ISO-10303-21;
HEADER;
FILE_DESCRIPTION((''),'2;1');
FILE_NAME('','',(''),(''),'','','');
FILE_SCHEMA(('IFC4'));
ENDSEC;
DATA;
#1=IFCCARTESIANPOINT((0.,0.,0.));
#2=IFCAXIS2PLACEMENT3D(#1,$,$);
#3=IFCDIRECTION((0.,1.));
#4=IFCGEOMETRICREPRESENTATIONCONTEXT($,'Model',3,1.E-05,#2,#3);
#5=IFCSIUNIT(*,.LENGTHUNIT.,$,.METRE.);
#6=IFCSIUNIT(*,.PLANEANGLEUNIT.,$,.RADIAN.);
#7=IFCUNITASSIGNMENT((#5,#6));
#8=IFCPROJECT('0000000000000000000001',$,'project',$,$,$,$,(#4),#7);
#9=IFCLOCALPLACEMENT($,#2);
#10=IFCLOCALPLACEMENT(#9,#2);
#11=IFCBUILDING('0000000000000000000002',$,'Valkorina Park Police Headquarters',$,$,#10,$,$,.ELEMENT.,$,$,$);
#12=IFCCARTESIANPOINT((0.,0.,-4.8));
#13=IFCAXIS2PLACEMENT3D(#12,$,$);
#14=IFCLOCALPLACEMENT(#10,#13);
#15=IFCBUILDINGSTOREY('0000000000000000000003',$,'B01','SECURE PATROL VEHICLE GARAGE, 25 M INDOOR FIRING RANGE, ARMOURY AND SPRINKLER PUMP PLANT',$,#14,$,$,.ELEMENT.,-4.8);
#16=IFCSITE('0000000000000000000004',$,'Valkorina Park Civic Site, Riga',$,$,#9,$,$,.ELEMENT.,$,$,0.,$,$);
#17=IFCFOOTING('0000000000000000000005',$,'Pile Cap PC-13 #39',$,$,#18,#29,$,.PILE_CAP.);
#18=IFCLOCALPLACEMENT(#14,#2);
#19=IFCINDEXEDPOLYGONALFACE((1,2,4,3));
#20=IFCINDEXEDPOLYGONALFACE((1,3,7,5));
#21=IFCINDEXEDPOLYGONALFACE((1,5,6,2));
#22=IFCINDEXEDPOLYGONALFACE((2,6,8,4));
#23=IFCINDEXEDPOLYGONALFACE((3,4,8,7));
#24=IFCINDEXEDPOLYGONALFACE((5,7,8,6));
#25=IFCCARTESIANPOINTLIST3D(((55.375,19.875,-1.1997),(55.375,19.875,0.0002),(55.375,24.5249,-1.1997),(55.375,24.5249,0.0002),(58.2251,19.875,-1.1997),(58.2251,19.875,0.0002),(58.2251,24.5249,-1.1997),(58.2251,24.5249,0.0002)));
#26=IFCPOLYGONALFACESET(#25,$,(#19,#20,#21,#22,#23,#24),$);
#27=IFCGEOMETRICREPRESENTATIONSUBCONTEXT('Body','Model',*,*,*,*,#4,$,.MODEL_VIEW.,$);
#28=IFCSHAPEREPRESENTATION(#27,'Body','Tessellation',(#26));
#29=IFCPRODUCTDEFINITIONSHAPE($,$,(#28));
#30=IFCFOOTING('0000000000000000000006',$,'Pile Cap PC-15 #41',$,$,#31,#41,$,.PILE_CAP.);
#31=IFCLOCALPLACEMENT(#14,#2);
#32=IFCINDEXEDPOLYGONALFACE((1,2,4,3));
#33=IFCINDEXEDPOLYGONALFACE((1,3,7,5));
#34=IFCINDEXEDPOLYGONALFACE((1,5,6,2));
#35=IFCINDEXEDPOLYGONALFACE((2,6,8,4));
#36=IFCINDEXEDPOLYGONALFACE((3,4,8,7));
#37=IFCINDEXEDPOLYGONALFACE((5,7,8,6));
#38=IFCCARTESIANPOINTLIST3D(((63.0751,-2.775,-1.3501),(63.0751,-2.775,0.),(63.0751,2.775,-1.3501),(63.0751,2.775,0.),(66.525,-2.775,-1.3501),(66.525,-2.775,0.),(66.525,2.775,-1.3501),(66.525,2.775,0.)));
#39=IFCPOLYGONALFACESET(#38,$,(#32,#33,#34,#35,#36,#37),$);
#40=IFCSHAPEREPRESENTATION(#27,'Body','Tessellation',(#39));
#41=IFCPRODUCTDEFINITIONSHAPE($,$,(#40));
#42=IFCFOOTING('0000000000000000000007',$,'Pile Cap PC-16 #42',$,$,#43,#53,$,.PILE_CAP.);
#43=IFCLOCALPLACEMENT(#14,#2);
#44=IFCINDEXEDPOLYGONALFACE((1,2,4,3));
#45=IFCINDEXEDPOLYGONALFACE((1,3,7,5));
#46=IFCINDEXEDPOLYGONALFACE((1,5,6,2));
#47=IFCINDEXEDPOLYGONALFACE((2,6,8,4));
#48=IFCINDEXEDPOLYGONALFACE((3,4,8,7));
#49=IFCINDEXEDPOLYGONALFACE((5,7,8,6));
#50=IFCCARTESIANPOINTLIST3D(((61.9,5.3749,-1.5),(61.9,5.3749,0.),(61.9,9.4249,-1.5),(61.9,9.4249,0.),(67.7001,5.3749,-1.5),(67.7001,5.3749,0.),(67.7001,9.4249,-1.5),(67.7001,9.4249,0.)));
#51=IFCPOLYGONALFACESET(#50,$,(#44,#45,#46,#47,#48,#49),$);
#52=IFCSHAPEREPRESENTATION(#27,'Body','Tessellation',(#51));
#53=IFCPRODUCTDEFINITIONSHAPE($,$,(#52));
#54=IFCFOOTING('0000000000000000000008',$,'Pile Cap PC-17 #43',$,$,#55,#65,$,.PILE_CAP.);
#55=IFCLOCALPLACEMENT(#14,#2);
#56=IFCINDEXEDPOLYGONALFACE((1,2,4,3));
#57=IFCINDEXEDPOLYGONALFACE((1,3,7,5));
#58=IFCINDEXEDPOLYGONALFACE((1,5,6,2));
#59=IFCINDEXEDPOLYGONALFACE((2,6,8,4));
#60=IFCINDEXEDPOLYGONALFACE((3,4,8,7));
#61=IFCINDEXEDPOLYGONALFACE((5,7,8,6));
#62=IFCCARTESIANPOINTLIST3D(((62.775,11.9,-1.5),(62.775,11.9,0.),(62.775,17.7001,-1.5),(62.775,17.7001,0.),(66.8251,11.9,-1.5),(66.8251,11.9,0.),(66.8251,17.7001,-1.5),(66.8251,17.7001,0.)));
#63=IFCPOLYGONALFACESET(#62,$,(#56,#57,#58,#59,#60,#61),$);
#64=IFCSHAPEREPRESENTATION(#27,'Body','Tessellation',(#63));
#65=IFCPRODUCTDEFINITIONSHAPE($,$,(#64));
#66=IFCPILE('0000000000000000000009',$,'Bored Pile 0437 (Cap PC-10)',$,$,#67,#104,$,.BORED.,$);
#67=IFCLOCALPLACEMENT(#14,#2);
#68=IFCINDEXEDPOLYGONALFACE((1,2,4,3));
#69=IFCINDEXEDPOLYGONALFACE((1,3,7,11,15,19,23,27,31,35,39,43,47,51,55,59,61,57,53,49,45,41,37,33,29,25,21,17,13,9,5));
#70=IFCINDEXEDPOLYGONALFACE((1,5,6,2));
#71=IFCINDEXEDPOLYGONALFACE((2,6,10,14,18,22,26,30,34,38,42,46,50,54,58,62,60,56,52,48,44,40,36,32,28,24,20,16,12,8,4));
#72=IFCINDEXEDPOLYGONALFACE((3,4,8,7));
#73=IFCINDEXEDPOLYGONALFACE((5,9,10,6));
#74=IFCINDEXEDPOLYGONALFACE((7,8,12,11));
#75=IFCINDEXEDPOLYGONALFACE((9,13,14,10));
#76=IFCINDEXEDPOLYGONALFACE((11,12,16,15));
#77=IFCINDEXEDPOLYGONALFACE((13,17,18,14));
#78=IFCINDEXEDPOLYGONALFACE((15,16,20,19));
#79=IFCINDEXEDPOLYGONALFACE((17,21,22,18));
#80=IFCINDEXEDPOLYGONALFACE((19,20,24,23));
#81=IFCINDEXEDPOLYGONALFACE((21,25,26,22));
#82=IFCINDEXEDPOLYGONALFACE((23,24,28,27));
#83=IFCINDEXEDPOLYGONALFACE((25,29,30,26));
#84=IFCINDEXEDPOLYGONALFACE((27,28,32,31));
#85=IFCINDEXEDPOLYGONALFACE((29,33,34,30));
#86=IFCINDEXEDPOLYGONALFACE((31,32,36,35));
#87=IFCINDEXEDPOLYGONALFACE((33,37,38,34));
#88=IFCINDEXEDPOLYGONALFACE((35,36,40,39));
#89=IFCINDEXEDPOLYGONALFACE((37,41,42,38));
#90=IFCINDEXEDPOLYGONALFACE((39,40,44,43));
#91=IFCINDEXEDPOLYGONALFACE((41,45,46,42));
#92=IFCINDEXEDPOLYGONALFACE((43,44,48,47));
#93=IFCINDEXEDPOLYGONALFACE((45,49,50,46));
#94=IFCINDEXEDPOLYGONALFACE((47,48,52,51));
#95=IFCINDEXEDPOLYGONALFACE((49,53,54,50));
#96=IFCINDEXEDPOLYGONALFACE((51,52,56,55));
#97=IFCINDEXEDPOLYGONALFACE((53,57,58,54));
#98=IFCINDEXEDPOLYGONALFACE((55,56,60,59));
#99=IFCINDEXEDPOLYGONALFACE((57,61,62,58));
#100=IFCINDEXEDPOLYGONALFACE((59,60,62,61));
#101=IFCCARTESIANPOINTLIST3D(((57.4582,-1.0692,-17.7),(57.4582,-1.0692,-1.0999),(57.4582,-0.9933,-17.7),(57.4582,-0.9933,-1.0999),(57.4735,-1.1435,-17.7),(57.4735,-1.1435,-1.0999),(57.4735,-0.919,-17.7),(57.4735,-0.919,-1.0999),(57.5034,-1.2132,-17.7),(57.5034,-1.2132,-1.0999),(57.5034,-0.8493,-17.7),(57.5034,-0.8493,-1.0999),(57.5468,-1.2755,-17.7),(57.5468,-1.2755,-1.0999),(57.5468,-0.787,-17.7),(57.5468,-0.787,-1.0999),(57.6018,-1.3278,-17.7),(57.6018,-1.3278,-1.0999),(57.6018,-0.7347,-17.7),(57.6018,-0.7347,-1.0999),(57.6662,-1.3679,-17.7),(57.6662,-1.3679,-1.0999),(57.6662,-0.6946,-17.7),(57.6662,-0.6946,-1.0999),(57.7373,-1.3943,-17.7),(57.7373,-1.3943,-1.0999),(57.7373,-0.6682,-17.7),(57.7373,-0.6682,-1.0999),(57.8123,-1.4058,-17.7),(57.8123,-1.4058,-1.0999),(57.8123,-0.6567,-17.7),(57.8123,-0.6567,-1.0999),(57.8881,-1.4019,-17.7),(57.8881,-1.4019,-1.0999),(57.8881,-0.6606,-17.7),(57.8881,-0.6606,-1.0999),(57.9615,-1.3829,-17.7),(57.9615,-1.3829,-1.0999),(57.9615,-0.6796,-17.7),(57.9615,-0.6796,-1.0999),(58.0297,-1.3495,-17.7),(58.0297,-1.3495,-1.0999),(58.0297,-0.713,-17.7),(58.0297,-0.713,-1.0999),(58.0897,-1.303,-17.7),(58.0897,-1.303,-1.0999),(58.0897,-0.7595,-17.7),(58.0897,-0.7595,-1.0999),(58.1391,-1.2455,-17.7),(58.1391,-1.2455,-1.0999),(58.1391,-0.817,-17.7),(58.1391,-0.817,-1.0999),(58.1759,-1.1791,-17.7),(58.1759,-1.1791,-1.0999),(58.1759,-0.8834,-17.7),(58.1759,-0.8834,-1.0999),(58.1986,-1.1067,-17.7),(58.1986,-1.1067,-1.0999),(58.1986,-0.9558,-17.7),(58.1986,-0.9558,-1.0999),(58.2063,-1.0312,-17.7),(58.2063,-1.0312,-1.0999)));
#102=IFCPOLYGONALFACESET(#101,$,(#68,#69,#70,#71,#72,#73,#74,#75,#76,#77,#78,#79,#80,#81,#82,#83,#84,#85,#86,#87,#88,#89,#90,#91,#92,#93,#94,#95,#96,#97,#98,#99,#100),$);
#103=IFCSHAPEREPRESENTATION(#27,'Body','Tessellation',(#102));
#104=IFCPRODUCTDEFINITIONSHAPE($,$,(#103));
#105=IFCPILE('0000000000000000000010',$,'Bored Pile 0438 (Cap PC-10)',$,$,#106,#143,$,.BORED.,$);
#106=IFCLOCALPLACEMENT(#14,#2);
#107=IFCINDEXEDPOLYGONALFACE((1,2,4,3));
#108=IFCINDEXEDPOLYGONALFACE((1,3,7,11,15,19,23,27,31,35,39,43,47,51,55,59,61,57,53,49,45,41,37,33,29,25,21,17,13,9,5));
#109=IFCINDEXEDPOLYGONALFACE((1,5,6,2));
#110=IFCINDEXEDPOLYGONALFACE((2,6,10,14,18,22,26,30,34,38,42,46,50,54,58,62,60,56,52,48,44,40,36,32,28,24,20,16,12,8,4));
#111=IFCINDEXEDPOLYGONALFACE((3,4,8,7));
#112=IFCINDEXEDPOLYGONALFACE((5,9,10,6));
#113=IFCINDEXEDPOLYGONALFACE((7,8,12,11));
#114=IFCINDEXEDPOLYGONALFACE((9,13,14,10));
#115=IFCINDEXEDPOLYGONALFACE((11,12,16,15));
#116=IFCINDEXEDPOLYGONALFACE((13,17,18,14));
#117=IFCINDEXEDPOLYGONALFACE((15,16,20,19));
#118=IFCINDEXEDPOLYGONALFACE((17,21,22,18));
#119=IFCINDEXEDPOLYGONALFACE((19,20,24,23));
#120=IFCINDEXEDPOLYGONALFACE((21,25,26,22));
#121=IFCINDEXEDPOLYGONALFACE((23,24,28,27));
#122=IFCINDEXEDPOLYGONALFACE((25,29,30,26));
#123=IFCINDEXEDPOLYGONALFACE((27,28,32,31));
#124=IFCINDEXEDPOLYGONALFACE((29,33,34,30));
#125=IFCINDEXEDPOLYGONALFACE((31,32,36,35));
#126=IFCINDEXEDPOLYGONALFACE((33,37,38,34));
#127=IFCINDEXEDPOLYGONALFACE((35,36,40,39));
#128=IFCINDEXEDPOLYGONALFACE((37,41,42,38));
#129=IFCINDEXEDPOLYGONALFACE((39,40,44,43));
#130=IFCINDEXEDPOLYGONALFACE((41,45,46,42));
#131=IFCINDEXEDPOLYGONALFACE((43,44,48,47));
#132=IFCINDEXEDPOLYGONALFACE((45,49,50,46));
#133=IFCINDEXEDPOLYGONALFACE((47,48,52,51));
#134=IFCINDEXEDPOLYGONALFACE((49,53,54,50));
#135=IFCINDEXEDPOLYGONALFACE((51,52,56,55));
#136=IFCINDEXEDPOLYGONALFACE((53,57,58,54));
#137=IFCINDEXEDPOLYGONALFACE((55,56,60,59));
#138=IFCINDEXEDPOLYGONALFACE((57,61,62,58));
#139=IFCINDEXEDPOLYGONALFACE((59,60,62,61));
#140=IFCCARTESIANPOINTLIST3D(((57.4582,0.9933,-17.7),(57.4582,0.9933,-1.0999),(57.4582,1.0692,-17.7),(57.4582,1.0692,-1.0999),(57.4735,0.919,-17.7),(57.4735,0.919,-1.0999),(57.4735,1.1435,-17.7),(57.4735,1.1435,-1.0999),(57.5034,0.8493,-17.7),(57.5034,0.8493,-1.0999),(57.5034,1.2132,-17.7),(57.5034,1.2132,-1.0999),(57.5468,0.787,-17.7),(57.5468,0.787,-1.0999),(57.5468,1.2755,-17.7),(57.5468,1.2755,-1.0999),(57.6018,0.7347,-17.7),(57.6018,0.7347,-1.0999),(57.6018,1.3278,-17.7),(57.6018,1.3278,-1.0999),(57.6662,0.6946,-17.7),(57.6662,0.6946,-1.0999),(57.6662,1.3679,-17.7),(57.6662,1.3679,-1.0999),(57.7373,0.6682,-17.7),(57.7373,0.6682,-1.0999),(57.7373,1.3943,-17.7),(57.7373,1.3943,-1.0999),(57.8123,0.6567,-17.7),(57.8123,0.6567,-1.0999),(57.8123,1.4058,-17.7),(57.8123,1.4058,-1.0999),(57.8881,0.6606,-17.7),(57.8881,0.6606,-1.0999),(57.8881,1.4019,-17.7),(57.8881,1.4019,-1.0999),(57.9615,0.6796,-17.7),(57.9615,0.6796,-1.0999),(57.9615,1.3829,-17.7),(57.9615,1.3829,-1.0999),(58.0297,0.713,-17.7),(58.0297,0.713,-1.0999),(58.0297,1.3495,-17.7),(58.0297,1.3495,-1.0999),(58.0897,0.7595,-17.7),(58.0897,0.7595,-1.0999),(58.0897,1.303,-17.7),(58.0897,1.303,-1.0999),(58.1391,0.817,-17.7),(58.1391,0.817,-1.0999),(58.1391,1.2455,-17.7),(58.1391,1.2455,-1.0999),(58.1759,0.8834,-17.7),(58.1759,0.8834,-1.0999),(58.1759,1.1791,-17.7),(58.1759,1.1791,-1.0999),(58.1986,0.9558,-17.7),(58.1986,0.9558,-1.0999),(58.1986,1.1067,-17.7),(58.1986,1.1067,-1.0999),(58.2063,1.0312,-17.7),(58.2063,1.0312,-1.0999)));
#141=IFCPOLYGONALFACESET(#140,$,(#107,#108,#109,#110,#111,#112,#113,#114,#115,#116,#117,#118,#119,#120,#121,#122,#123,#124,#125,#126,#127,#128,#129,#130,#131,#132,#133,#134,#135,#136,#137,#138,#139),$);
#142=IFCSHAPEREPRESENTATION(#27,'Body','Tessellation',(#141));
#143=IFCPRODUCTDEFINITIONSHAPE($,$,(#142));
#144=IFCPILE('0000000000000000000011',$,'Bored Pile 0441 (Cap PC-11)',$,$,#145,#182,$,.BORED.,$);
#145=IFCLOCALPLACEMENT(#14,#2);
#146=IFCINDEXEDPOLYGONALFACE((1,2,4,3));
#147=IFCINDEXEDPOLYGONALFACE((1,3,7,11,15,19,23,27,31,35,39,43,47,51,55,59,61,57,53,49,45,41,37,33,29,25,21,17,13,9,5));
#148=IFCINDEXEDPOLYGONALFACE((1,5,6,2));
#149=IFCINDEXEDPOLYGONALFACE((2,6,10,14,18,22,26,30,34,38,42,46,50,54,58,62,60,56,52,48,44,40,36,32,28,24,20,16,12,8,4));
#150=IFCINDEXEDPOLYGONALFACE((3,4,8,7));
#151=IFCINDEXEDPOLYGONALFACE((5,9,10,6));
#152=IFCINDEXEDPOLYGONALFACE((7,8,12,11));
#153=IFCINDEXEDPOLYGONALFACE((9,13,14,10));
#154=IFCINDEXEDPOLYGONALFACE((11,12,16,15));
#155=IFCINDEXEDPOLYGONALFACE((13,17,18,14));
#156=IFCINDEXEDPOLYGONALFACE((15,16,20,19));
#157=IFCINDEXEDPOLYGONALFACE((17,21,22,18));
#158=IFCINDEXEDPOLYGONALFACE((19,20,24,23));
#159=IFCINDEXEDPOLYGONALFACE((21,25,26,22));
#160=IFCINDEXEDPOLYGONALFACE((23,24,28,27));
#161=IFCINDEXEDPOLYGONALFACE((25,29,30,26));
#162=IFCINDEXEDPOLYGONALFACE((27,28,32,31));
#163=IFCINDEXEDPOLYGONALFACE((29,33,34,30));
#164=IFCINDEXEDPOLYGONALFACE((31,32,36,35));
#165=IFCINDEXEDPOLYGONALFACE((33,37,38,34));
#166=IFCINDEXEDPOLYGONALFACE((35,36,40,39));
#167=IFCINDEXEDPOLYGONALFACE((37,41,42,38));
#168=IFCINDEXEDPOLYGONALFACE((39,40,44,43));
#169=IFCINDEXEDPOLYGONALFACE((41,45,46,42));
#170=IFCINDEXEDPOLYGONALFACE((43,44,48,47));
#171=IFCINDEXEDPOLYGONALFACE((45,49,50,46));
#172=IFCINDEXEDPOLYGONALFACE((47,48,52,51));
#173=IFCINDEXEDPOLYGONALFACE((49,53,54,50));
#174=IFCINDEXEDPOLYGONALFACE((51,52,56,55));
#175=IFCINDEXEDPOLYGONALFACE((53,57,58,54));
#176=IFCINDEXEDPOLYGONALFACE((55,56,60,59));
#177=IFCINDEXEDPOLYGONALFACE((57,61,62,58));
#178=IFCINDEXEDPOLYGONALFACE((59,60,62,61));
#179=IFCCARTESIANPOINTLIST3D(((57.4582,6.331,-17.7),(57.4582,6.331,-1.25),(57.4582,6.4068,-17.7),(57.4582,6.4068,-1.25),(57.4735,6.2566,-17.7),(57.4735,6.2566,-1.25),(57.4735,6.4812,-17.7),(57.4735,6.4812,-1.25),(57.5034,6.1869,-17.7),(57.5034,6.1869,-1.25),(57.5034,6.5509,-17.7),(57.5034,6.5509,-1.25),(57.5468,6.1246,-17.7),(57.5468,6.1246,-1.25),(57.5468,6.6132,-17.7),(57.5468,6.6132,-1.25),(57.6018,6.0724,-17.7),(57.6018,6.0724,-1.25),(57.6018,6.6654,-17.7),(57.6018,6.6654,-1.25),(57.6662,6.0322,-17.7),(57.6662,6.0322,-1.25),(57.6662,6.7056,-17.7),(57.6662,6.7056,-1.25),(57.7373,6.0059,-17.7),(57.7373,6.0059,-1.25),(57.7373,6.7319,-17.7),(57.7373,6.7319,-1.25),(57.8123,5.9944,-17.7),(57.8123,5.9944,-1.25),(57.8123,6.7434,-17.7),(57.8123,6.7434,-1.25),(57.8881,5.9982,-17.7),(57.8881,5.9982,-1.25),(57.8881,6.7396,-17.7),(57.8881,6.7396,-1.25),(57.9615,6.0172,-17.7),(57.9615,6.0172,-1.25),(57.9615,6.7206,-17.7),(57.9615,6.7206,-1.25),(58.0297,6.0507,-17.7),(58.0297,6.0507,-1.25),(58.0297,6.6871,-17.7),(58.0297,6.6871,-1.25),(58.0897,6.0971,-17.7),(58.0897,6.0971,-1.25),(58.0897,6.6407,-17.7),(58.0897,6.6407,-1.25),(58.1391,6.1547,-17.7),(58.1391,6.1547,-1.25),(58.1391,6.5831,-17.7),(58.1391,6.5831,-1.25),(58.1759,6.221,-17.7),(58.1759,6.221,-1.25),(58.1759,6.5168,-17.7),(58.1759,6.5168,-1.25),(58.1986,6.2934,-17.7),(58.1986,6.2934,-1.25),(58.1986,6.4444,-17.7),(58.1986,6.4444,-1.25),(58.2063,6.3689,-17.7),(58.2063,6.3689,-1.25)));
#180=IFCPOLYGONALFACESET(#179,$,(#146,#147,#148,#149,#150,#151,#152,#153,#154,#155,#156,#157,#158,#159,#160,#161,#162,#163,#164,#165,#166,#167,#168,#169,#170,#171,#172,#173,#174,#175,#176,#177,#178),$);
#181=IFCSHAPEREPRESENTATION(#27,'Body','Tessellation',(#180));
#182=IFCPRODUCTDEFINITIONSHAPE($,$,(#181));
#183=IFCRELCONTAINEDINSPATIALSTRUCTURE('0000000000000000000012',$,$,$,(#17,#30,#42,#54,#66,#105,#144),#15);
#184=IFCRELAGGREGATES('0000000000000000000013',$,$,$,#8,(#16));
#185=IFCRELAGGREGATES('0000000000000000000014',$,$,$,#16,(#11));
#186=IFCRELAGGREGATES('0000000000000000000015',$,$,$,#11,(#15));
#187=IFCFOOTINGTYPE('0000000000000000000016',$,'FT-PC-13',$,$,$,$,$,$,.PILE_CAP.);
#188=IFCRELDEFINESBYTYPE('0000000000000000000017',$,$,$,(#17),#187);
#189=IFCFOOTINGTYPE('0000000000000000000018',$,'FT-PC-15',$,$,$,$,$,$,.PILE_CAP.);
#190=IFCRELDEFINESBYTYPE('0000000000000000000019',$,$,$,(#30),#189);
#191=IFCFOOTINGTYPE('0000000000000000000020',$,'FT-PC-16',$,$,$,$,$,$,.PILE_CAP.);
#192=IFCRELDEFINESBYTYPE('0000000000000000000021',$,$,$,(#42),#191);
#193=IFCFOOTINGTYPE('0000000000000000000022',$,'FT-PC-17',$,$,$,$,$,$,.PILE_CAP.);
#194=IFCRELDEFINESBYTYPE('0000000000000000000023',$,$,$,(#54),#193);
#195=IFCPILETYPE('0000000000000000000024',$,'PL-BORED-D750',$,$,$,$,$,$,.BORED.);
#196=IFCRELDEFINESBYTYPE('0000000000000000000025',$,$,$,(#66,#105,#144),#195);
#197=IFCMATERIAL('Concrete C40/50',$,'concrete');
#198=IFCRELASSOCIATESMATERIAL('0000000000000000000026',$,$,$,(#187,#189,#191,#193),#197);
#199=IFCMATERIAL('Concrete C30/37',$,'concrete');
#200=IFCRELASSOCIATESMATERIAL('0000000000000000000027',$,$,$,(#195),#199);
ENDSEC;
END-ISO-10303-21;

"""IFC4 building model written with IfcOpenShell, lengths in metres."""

from ifc_helpers import new_model, si_unit, direction, frame, origin, origin_2d, place, context, subcontext, project, spatial, rectangle, circle, extrude, material, material_profile, profile_set, type_object, element, save


model = new_model("IFC4")

# Units and contexts
model_context = context("Model", 3, precision=1e-05, world=origin(), true_north=direction((0.0, 1.0)))
body_context = subcontext(model_context, "Body", "Model", "MODEL_VIEW")
ifc_project = project(units=[si_unit("LENGTHUNIT", "METRE"), si_unit("PLANEANGLEUNIT", "RADIAN")], contexts=[model_context])

# Site, building, storey
site_placement = place(None, origin())
site = spatial("IfcSite", under=ifc_project, at=site_placement, Name="Valkorina Park Civic Site, Riga", CompositionType="ELEMENT", RefElevation=0.0)
building_placement = place(site_placement, origin())
building = spatial("IfcBuilding", under=site, at=building_placement, Name="Valkorina Park Police Headquarters", CompositionType="ELEMENT")
storey_placement = place(building_placement, frame((0.0, 0.0, -4.8)))
storey = spatial("IfcBuildingStorey", under=building, at=storey_placement, Name="B01", Description="SECURE PATROL VEHICLE GARAGE, 25 M INDOOR FIRING RANGE, ARMOURY AND SPRINKLER PUMP PLANT", CompositionType="ELEMENT", Elevation=-4.8)

# Footings
ifc_material_1 = material(Name="Concrete C40/50", Category="concrete")
footing_type_1 = type_object("IfcFootingType", Name="FT-PC-13", PredefinedType="PILE_CAP", material=ifc_material_1)
footing_1_placement = place(storey_placement, frame((56.8, 22.2, -1.1997), z_axis=(0.0, 0.0, 1.0), x_axis=(1.0, 0.0, 0.0)))
element("IfcFooting", 1, at=footing_1_placement, inside=storey, type_object=footing_type_1, Name="Pile Cap PC-13 #39", PredefinedType="PILE_CAP", context=body_context, shape_type="SweptSolid", body=[
    extrude(rectangle(XDim=2.8501, YDim=4.6499, at=origin_2d()), origin(), (0.0, 0.0, 1.0), 1.2),
])
footing_type_2 = type_object("IfcFootingType", Name="FT-PC-15", PredefinedType="PILE_CAP", material=ifc_material_1)
footing_2_placement = place(storey_placement, frame((64.8, 0.0, -1.3501), z_axis=(0.0, 0.0, 1.0), x_axis=(1.0, 0.0, 0.0)))
element("IfcFooting", 2, at=footing_2_placement, inside=storey, type_object=footing_type_2, Name="Pile Cap PC-15 #41", PredefinedType="PILE_CAP", context=body_context, shape_type="SweptSolid", body=[
    extrude(rectangle(XDim=3.45, YDim=5.55, at=origin_2d()), origin(), (0.0, 0.0, 1.0), 1.3501),
])
footing_type_3 = type_object("IfcFootingType", Name="FT-PC-16", PredefinedType="PILE_CAP", material=ifc_material_1)
footing_3_placement = place(storey_placement, frame((64.8, 7.3999, -1.5), z_axis=(0.0, 0.0, 1.0), x_axis=(1.0, 0.0, 0.0)))
element("IfcFooting", 3, at=footing_3_placement, inside=storey, type_object=footing_type_3, Name="Pile Cap PC-16 #42", PredefinedType="PILE_CAP", context=body_context, shape_type="SweptSolid", body=[
    extrude(rectangle(XDim=5.8, YDim=4.05, at=origin_2d()), origin(), (0.0, 0.0, 1.0), 1.5),
])
footing_type_4 = type_object("IfcFootingType", Name="FT-PC-17", PredefinedType="PILE_CAP", material=ifc_material_1)
footing_4_placement = place(storey_placement, frame((64.8, 14.8, -1.5), z_axis=(0.0, 0.0, 1.0), x_axis=(1.0, 0.0, 0.0)))
element("IfcFooting", 4, at=footing_4_placement, inside=storey, type_object=footing_type_4, Name="Pile Cap PC-17 #43", PredefinedType="PILE_CAP", context=body_context, shape_type="SweptSolid", body=[
    extrude(rectangle(XDim=4.05, YDim=5.8, at=origin_2d()), origin(), (0.0, 0.0, 1.0), 1.5),
])

# Piles
ifc_material_2 = material(Name="Concrete C30/37", Category="concrete")
ifc_material_profile_1 = material_profile(ifc_material_2, circle(Radius=0.375, at=origin_2d()), Name="BORED PILE D750")
ifc_profile_set_1 = profile_set([ifc_material_profile_1], Name="Concrete C30/37")
pile_type_1 = type_object("IfcPileType", Name="PL-BORED-D750", PredefinedType="BORED", material=ifc_profile_set_1)
for number, where, z_axis, x_axis, name in (
    (5, (57.8313, -1.0312, -1.0999), (0.0, 0.0, -1.0), (1.0, 0.0, 0.0), "Bored Pile 0437 (Cap PC-10)"),
    (6, (57.8313, 1.0312, -1.0999), (0.0, 0.0, -1.0), (1.0, 0.0, 0.0), "Bored Pile 0438 (Cap PC-10)"),
):
    element("IfcPile", number, at=place(storey_placement, frame(where, z_axis=z_axis, x_axis=x_axis)), inside=storey, type_object=pile_type_1, Name=name, PredefinedType="BORED", context=body_context, shape_type="SweptSolid", body=[
        extrude(circle(Radius=0.375, at=origin_2d()), origin(), (0.0, 0.0, 1.0), 16.6001),
    ])
for number, where, z_axis, x_axis, name in (
    (7, (57.8313, 6.3689, -1.25), (0.0, 0.0, -1.0), (1.0, 0.0, 0.0), "Bored Pile 0441 (Cap PC-11)"),
):
    element("IfcPile", number, at=place(storey_placement, frame(where, z_axis=z_axis, x_axis=x_axis)), inside=storey, type_object=pile_type_1, Name=name, PredefinedType="BORED", context=body_context, shape_type="SweptSolid", body=[
        extrude(circle(Radius=0.375, at=origin_2d()), origin(), (0.0, 0.0, 1.0), 16.45),
    ])

save(model, "model.ifc")
